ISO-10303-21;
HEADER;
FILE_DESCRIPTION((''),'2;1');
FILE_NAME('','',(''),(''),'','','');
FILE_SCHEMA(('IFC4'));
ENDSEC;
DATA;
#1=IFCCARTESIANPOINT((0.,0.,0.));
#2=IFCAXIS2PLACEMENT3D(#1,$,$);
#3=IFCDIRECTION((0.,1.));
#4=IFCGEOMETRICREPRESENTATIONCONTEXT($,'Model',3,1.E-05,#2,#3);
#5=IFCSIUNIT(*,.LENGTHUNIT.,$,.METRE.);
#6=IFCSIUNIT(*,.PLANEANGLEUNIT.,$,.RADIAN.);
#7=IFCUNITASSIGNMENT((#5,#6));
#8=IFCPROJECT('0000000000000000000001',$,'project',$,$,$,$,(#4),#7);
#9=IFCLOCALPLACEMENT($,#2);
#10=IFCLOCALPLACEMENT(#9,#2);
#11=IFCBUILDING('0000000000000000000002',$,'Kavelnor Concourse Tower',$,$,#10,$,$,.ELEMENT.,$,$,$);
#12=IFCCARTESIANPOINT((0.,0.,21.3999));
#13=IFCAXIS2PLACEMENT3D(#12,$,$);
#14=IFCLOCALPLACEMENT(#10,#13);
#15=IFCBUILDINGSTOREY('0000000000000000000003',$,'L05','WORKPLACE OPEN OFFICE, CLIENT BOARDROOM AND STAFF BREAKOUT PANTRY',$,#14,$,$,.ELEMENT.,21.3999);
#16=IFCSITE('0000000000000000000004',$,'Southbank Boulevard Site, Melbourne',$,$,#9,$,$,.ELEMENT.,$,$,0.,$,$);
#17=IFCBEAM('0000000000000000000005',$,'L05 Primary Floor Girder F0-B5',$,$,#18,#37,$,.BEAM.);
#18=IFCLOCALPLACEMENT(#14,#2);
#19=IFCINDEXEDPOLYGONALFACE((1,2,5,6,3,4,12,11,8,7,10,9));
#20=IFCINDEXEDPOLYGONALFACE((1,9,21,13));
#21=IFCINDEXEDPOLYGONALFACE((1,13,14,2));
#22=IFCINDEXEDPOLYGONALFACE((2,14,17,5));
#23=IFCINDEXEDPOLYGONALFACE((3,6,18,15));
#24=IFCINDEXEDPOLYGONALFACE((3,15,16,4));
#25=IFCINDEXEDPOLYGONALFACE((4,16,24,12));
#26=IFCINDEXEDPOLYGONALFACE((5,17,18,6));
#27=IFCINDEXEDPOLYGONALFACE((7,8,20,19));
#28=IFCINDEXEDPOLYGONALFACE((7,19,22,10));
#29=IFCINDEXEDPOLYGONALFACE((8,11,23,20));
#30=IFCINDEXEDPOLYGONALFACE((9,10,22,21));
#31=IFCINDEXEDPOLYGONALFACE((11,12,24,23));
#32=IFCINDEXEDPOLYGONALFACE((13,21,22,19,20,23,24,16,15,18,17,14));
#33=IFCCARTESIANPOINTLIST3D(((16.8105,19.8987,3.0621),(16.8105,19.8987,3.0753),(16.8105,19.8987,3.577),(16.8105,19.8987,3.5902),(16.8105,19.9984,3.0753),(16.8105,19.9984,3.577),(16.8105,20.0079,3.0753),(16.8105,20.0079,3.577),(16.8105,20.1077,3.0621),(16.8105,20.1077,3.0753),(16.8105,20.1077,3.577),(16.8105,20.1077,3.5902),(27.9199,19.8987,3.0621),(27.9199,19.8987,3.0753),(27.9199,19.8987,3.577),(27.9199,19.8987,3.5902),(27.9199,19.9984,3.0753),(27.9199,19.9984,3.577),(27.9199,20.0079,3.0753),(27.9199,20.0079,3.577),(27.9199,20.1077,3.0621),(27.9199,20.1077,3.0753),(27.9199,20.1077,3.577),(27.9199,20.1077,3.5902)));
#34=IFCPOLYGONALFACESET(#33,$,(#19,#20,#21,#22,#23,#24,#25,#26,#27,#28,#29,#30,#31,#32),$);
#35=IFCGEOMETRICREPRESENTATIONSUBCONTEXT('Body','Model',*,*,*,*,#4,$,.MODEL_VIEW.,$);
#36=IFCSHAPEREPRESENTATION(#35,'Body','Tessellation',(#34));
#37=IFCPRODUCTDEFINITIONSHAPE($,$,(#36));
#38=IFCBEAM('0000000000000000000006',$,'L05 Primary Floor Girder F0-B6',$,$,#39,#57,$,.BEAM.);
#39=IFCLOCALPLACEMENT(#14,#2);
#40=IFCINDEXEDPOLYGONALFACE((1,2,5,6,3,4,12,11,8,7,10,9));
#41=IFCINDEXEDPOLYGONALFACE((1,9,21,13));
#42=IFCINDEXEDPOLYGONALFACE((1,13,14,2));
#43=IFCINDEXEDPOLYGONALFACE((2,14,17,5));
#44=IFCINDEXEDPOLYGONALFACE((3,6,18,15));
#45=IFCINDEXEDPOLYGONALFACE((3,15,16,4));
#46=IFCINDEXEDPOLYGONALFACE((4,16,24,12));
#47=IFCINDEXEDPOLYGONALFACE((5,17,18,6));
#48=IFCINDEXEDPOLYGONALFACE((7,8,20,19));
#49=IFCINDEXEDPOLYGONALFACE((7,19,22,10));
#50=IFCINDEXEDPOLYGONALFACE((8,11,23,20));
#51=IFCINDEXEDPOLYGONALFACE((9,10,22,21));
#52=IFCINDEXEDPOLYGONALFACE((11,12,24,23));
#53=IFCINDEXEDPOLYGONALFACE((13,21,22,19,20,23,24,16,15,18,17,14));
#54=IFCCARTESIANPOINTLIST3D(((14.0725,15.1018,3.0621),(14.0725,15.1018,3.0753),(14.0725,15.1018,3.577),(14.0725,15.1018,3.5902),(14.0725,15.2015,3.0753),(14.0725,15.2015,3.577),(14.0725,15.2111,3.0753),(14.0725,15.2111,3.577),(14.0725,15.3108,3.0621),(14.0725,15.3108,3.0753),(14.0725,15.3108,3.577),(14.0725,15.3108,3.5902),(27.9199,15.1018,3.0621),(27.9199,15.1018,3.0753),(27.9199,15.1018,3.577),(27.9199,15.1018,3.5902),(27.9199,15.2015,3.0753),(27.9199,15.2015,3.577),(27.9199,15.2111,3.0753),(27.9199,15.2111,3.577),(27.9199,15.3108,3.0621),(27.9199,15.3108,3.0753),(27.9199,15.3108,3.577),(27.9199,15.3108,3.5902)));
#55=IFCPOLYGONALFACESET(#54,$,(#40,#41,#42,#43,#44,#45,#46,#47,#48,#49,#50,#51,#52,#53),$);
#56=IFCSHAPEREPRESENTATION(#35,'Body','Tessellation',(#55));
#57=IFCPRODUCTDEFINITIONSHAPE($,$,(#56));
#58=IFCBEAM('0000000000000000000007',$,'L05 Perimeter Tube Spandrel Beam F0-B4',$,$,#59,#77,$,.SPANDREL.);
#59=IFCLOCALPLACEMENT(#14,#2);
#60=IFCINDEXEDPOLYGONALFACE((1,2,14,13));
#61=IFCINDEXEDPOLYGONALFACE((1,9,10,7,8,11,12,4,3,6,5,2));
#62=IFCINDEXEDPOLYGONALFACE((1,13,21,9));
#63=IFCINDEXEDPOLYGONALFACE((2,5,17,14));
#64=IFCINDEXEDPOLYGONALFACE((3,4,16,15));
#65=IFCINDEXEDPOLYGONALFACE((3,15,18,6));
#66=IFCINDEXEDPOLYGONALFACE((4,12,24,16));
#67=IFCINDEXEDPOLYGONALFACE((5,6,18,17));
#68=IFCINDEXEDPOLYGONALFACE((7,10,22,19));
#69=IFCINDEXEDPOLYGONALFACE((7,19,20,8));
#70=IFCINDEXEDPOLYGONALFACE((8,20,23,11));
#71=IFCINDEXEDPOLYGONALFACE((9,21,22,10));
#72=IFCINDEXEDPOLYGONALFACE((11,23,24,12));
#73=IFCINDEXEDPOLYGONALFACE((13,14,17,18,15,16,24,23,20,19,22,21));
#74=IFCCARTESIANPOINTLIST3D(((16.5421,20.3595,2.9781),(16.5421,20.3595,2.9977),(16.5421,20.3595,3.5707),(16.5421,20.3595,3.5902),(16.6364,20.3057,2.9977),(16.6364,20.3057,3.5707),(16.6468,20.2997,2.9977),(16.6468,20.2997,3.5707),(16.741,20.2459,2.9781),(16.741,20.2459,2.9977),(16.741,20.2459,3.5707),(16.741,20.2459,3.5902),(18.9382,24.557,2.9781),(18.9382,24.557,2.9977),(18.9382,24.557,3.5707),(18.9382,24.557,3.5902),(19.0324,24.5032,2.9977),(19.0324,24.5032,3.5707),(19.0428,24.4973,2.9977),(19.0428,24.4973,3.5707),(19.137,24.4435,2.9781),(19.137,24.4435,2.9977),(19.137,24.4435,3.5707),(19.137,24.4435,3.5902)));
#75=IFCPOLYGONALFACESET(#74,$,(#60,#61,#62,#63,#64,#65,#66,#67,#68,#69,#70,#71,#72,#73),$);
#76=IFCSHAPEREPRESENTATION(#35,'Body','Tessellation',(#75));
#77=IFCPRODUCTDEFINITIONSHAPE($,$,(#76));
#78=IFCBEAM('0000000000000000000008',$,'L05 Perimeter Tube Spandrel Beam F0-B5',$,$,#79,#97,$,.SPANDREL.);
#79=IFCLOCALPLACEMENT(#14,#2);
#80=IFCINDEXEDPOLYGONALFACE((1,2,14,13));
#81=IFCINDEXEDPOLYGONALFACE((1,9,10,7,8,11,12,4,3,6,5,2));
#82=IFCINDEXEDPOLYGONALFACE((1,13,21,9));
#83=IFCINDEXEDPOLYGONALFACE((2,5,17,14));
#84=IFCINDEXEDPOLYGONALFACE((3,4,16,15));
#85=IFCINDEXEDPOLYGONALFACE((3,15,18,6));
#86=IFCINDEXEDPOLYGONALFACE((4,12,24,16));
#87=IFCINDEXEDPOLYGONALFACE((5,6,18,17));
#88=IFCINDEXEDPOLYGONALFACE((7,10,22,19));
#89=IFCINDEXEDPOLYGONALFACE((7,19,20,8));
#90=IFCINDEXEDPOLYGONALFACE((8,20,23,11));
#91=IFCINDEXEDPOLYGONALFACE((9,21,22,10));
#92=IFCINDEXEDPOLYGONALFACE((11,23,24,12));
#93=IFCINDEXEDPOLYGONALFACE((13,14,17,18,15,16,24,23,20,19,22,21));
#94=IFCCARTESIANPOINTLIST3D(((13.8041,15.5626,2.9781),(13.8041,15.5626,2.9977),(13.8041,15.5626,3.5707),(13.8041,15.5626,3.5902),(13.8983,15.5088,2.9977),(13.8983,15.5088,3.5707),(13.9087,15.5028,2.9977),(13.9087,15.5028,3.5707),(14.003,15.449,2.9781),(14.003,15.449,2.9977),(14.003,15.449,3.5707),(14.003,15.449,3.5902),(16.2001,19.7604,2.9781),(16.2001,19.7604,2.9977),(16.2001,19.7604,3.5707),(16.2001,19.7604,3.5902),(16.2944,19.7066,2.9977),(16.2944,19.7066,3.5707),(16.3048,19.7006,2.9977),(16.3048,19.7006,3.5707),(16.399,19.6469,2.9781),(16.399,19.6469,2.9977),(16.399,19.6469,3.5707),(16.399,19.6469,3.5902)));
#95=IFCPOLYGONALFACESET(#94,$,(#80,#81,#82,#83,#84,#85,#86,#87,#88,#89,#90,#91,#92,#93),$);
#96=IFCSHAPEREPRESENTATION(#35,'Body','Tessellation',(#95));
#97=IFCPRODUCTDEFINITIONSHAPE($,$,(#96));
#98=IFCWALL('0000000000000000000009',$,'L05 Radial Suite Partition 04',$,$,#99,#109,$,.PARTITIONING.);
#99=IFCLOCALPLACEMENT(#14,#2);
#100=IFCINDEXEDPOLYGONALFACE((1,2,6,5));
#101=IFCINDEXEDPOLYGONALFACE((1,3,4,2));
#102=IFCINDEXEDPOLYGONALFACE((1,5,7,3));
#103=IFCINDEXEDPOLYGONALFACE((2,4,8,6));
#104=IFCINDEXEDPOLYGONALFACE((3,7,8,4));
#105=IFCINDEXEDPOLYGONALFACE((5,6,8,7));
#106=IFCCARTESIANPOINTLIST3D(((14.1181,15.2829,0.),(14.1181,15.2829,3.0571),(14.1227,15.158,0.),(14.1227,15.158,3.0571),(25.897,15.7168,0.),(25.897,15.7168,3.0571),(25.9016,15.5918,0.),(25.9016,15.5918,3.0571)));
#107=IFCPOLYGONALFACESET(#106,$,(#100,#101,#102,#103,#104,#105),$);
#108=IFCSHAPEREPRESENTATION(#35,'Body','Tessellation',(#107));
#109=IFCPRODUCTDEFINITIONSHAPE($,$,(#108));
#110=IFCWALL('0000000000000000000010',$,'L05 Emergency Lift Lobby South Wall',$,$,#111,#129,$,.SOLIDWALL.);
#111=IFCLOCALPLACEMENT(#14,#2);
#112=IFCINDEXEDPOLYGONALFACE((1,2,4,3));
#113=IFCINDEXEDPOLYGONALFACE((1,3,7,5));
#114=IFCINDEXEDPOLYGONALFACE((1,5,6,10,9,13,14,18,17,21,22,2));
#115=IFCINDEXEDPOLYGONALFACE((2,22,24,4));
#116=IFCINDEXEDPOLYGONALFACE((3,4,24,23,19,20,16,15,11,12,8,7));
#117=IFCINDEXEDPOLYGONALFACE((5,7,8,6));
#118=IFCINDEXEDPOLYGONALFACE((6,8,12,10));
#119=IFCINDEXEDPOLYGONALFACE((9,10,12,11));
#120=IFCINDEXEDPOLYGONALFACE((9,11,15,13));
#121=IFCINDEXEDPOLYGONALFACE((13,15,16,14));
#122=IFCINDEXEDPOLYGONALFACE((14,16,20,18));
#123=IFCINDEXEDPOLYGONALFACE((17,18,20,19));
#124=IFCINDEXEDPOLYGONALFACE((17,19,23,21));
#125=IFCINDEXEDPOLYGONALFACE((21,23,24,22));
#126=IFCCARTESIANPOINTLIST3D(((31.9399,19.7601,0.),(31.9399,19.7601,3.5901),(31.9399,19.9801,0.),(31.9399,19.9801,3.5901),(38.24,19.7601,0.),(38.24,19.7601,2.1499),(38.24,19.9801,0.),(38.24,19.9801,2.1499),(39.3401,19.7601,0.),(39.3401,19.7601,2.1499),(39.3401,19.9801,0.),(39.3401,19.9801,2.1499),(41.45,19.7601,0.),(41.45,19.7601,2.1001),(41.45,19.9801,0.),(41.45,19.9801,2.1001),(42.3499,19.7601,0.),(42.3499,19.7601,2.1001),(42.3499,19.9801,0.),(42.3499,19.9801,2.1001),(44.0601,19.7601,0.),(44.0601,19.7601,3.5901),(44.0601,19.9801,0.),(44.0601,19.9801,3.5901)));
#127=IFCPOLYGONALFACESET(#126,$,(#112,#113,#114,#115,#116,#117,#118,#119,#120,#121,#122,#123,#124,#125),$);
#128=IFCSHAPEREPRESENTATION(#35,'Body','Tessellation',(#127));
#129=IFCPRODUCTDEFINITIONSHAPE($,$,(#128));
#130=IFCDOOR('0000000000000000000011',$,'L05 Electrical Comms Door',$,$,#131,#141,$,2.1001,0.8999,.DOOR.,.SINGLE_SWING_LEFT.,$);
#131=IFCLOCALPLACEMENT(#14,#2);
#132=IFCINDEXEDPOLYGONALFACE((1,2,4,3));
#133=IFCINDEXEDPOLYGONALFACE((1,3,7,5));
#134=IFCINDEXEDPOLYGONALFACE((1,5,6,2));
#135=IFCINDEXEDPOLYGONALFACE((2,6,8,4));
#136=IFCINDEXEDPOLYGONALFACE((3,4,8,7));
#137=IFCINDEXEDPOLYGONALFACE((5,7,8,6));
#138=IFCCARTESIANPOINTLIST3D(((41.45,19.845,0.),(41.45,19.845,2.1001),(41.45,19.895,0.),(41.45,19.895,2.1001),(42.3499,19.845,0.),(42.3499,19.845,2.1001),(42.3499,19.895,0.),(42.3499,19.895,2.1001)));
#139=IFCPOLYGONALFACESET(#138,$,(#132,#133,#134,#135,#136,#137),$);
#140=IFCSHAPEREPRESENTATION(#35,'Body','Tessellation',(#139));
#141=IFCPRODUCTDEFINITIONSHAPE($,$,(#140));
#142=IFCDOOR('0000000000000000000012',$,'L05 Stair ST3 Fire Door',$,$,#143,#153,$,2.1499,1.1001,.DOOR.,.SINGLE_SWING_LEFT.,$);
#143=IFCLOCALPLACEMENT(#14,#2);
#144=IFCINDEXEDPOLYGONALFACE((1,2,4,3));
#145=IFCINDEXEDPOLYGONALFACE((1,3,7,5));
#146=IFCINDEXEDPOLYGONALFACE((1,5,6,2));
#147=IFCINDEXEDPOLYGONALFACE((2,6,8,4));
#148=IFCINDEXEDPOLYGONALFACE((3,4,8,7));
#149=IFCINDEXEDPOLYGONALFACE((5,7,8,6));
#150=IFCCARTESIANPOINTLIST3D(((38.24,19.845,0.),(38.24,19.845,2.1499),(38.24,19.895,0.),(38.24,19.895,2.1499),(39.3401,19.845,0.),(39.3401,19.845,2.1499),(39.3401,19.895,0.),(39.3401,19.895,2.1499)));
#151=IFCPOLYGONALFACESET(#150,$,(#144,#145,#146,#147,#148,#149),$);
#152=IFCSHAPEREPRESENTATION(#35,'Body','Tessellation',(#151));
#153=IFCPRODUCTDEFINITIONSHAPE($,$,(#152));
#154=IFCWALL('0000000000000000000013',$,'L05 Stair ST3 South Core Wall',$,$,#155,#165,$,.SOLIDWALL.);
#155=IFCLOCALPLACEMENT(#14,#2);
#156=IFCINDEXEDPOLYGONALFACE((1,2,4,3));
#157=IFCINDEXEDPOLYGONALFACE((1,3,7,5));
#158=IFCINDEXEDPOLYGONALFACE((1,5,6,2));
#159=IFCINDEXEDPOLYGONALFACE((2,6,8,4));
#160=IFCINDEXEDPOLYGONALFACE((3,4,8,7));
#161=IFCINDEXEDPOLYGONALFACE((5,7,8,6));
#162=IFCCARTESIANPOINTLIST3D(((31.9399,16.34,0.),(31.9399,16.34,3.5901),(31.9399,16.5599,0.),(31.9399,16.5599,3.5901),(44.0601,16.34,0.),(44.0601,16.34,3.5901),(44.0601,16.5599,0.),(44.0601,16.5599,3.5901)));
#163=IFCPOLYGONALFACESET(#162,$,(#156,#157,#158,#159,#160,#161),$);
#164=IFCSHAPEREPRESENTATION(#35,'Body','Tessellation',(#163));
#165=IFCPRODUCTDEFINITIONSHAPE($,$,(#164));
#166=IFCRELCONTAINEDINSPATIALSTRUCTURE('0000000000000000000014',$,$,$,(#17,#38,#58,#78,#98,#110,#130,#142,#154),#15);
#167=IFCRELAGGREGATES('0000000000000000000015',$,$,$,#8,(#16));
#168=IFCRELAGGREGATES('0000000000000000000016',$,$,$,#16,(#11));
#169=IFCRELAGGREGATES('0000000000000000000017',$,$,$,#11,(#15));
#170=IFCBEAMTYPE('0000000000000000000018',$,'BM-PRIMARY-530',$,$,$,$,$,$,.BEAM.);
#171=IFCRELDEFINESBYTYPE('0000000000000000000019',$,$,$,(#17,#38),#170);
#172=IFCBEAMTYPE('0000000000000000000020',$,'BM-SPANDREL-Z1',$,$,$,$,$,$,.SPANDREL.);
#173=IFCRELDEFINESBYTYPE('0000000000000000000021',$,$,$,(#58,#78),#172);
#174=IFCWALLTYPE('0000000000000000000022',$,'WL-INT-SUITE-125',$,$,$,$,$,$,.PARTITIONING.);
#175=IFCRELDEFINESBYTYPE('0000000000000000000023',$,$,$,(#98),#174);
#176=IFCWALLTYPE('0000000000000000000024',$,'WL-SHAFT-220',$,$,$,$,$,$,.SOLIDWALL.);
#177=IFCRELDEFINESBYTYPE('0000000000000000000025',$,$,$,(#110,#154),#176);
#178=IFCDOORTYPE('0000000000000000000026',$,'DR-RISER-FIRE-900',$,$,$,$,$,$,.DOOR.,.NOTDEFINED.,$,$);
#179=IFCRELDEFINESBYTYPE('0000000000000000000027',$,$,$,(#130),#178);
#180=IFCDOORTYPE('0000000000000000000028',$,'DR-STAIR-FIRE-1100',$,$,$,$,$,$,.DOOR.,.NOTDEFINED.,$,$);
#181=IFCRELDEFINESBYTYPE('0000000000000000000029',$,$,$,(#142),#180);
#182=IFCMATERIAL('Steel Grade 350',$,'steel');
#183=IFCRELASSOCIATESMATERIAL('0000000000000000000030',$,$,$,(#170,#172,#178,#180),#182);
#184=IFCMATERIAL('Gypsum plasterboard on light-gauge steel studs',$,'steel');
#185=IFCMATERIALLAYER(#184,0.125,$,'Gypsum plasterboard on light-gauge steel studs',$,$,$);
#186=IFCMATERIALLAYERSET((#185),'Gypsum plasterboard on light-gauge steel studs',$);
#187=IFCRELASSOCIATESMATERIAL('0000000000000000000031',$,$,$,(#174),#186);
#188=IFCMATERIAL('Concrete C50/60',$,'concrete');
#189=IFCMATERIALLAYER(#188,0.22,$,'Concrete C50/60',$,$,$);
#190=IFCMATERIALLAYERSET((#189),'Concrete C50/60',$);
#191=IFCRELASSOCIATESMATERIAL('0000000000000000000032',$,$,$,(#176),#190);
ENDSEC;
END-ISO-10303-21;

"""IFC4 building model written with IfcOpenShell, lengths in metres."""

from ifc_helpers import new_model, si_unit, direction, frame, frame_2d, origin, origin_2d, place, context, subcontext, project, spatial, rectangle, i_section, extrude, material, layer, layer_set, material_profile, profile_set, type_object, element, fill, save


model = new_model("IFC4")

# Units and contexts
model_context = context("Model", 3, precision=1e-05, world=origin(), true_north=direction((0.0, 1.0)))
body_context = subcontext(model_context, "Body", "Model", "MODEL_VIEW")
ifc_project = project(units=[si_unit("LENGTHUNIT", "METRE"), si_unit("PLANEANGLEUNIT", "RADIAN")], contexts=[model_context])

# Site, building, storey
site_placement = place(None, origin())
site = spatial("IfcSite", under=ifc_project, at=site_placement, Name="Southbank Boulevard Site, Melbourne", CompositionType="ELEMENT", RefElevation=0.0)
building_placement = place(site_placement, origin())
building = spatial("IfcBuilding", under=site, at=building_placement, Name="Kavelnor Concourse Tower", CompositionType="ELEMENT")
storey_placement = place(building_placement, frame((0.0, 0.0, 21.3999)))
storey = spatial("IfcBuildingStorey", under=building, at=storey_placement, Name="L05", Description="WORKPLACE OPEN OFFICE, CLIENT BOARDROOM AND STAFF BREAKOUT PANTRY", CompositionType="ELEMENT", Elevation=21.3999)

# Shared definitions
ifc_material_1 = material(Name="Steel Grade 350", Category="steel")

# Beams
ifc_material_profile_1 = material_profile(ifc_material_1, i_section(OverallWidth=0.209, OverallDepth=0.5281, WebThickness=0.0095, FlangeThickness=0.0132, at=origin_2d()), Name="530UB82")
ifc_profile_set_1 = profile_set([ifc_material_profile_1], Name="Steel Grade 350")
beam_type_1 = type_object("IfcBeamType", Name="BM-PRIMARY-530", PredefinedType="BEAM", material=ifc_profile_set_1)
beam_1_placement = place(storey_placement, frame((27.9199, 20.0032, 3.3262), z_axis=(-1.0, 0.0, 0.0), x_axis=(0.0, -1.0, 0.0)))
element("IfcBeam", 1, at=beam_1_placement, inside=storey, type_object=beam_type_1, Name="L05 Primary Floor Girder F0-B5", PredefinedType="BEAM", context=body_context, shape_type="SweptSolid", body=[
    extrude(i_section(OverallWidth=0.209, OverallDepth=0.5281, WebThickness=0.0095, FlangeThickness=0.0132, at=origin_2d()), origin(), (0.0, 0.0, 1.0), 11.1094),
])
beam_2_placement = place(storey_placement, frame((27.9199, 15.2063, 3.3262), z_axis=(-1.0, 0.0, 0.0), x_axis=(0.0, -1.0, 0.0)))
element("IfcBeam", 2, at=beam_2_placement, inside=storey, type_object=beam_type_1, Name="L05 Primary Floor Girder F0-B6", PredefinedType="BEAM", context=body_context, shape_type="SweptSolid", body=[
    extrude(i_section(OverallWidth=0.209, OverallDepth=0.5281, WebThickness=0.0095, FlangeThickness=0.0132, at=origin_2d()), origin(), (0.0, 0.0, 1.0), 13.8474),
])
ifc_material_profile_2 = material_profile(ifc_material_1, i_section(OverallWidth=0.229, OverallDepth=0.6121, WebThickness=0.012, FlangeThickness=0.0195, at=origin_2d()), Name="610UB125")
ifc_profile_set_2 = profile_set([ifc_material_profile_2], Name="Steel Grade 350")
beam_type_2 = type_object("IfcBeamType", Name="BM-SPANDREL-Z1", PredefinedType="SPANDREL", material=ifc_profile_set_2)
beam_3_placement = place(storey_placement, frame((19.0376, 24.5002, 3.2842), z_axis=(-0.495736, -0.868473, 0.0), x_axis=(0.868473, -0.495736, 0.0)))
element("IfcBeam", 3, at=beam_3_placement, inside=storey, type_object=beam_type_2, Name="L05 Perimeter Tube Spandrel Beam F0-B4", PredefinedType="SPANDREL", context=body_context, shape_type="SweptSolid", body=[
    extrude(i_section(OverallWidth=0.229, OverallDepth=0.6121, WebThickness=0.012, FlangeThickness=0.0195, at=origin_2d()), origin(), (0.0, 0.0, 1.0), 4.8333),
])
beam_4_placement = place(storey_placement, frame((16.2996, 19.7036, 3.2842), z_axis=(-0.495715, -0.868485, 0.0), x_axis=(0.868485, -0.495715, 0.0)))
element("IfcBeam", 4, at=beam_4_placement, inside=storey, type_object=beam_type_2, Name="L05 Perimeter Tube Spandrel Beam F0-B5", PredefinedType="SPANDREL", context=body_context, shape_type="SweptSolid", body=[
    extrude(i_section(OverallWidth=0.229, OverallDepth=0.6121, WebThickness=0.012, FlangeThickness=0.0195, at=origin_2d()), origin(), (0.0, 0.0, 1.0), 4.8335),
])

# Wall
ifc_material_2 = material(Name="Gypsum plasterboard on light-gauge steel studs", Category="steel")
ifc_layer_1 = layer(ifc_material_2, 0.125, Name="Gypsum plasterboard on light-gauge steel studs")
ifc_layer_set_1 = layer_set([ifc_layer_1], Name="Gypsum plasterboard on light-gauge steel studs")
wall_type_1 = type_object("IfcWallType", Name="WL-INT-SUITE-125", PredefinedType="PARTITIONING", material=ifc_layer_set_1)
wall_1_placement = place(storey_placement, frame((25.8994, 15.6543, 0.0), z_axis=(0.0, 0.0, 1.0), x_axis=(-0.999322, -0.036807, 0.0)))
element("IfcWall", 5, at=wall_1_placement, inside=storey, type_object=wall_type_1, Name="L05 Radial Suite Partition 04", PredefinedType="PARTITIONING", context=body_context, shape_type="SweptSolid", body=[
    extrude(rectangle(XDim=11.7869, YDim=0.125, at=frame_2d((5.8936, 0.0))), origin(), (0.0, 0.0, 1.0), 3.0571),
])

# Wall, openings, doors
ifc_material_3 = material(Name="Concrete C50/60", Category="concrete")
ifc_layer_2 = layer(ifc_material_3, 0.22, Name="Concrete C50/60")
ifc_layer_set_2 = layer_set([ifc_layer_2], Name="Concrete C50/60")
wall_type_2 = type_object("IfcWallType", Name="WL-SHAFT-220", PredefinedType="SOLIDWALL", material=ifc_layer_set_2)
wall_2_placement = place(storey_placement, frame((31.9399, 19.8701, 0.0), z_axis=(0.0, 0.0, 1.0), x_axis=(1.0, 0.0, 0.0)))
wall_2 = element("IfcWall", 6, at=wall_2_placement, inside=storey, type_object=wall_type_2, Name="L05 Emergency Lift Lobby South Wall", PredefinedType="SOLIDWALL", context=body_context, shape_type="SweptSolid", body=[
    extrude(rectangle(XDim=12.1201, YDim=0.22, at=frame_2d((6.0601, 0.0))), origin(), (0.0, 0.0, 1.0), 3.5901),
])
opening_1_placement = place(wall_2_placement, frame((6.3, 0.0, 0.0)))
opening_1 = element("IfcOpeningElement", 7, at=opening_1_placement, cuts=wall_2, PredefinedType="OPENING", context=body_context, shape_type="SweptSolid", body=[
    extrude(rectangle(XDim=1.1001, YDim=2.1499, at=frame_2d((0.55, 1.075))), frame((0.0, 0.1201, 0.0), z_axis=(0.0, -1.0, 0.0), x_axis=(1.0, 0.0, 0.0)), (0.0, 0.0, 1.0), 0.24),
])
opening_2_placement = place(wall_2_placement, frame((9.51, 0.0, 0.0)))
opening_2 = element("IfcOpeningElement", 8, at=opening_2_placement, cuts=wall_2, PredefinedType="OPENING", context=body_context, shape_type="SweptSolid", body=[
    extrude(rectangle(XDim=0.8999, YDim=2.1001, at=frame_2d((0.45, 1.05))), frame((0.0, 0.1201, 0.0), z_axis=(0.0, -1.0, 0.0), x_axis=(1.0, 0.0, 0.0)), (0.0, 0.0, 1.0), 0.24),
])
door_type_1 = type_object("IfcDoorType", Name="DR-RISER-FIRE-900", OperationType="NOTDEFINED", PredefinedType="DOOR", material=ifc_material_1)
door_1_placement = place(opening_2_placement, origin())
door_1 = element("IfcDoor", 9, at=door_1_placement, inside=storey, type_object=door_type_1, Name="L05 Electrical Comms Door", OperationType="SINGLE_SWING_LEFT", OverallHeight=2.1001, OverallWidth=0.8999, PredefinedType="DOOR", context=body_context, shape_type="SweptSolid", body=[
    extrude(rectangle(XDim=0.8999, YDim=2.1001, at=frame_2d((0.45, 1.05))), frame((0.0, 0.0249, 0.0), z_axis=(0.0, -1.0, 0.0), x_axis=(1.0, 0.0, 0.0)), (0.0, 0.0, 1.0), 0.05),
])
fill(opening_2, door_1)
door_type_2 = type_object("IfcDoorType", Name="DR-STAIR-FIRE-1100", OperationType="NOTDEFINED", PredefinedType="DOOR", material=ifc_material_1)
door_2_placement = place(opening_1_placement, origin())
door_2 = element("IfcDoor", 10, at=door_2_placement, inside=storey, type_object=door_type_2, Name="L05 Stair ST3 Fire Door", OperationType="SINGLE_SWING_LEFT", OverallHeight=2.1499, OverallWidth=1.1001, PredefinedType="DOOR", context=body_context, shape_type="SweptSolid", body=[
    extrude(rectangle(XDim=1.1001, YDim=2.1499, at=frame_2d((0.55, 1.075))), frame((0.0, 0.0249, 0.0), z_axis=(0.0, -1.0, 0.0), x_axis=(1.0, 0.0, 0.0)), (0.0, 0.0, 1.0), 0.05),
])
fill(opening_1, door_2)

# Wall
wall_3_placement = place(storey_placement, frame((31.9399, 16.45, 0.0), z_axis=(0.0, 0.0, 1.0), x_axis=(1.0, 0.0, 0.0)))
element("IfcWall", 11, at=wall_3_placement, inside=storey, type_object=wall_type_2, Name="L05 Stair ST3 South Core Wall", PredefinedType="SOLIDWALL", context=body_context, shape_type="SweptSolid", body=[
    extrude(rectangle(XDim=12.1201, YDim=0.22, at=frame_2d((6.0601, 0.0))), origin(), (0.0, 0.0, 1.0), 3.5901),
])

save(model, "model.ifc")
